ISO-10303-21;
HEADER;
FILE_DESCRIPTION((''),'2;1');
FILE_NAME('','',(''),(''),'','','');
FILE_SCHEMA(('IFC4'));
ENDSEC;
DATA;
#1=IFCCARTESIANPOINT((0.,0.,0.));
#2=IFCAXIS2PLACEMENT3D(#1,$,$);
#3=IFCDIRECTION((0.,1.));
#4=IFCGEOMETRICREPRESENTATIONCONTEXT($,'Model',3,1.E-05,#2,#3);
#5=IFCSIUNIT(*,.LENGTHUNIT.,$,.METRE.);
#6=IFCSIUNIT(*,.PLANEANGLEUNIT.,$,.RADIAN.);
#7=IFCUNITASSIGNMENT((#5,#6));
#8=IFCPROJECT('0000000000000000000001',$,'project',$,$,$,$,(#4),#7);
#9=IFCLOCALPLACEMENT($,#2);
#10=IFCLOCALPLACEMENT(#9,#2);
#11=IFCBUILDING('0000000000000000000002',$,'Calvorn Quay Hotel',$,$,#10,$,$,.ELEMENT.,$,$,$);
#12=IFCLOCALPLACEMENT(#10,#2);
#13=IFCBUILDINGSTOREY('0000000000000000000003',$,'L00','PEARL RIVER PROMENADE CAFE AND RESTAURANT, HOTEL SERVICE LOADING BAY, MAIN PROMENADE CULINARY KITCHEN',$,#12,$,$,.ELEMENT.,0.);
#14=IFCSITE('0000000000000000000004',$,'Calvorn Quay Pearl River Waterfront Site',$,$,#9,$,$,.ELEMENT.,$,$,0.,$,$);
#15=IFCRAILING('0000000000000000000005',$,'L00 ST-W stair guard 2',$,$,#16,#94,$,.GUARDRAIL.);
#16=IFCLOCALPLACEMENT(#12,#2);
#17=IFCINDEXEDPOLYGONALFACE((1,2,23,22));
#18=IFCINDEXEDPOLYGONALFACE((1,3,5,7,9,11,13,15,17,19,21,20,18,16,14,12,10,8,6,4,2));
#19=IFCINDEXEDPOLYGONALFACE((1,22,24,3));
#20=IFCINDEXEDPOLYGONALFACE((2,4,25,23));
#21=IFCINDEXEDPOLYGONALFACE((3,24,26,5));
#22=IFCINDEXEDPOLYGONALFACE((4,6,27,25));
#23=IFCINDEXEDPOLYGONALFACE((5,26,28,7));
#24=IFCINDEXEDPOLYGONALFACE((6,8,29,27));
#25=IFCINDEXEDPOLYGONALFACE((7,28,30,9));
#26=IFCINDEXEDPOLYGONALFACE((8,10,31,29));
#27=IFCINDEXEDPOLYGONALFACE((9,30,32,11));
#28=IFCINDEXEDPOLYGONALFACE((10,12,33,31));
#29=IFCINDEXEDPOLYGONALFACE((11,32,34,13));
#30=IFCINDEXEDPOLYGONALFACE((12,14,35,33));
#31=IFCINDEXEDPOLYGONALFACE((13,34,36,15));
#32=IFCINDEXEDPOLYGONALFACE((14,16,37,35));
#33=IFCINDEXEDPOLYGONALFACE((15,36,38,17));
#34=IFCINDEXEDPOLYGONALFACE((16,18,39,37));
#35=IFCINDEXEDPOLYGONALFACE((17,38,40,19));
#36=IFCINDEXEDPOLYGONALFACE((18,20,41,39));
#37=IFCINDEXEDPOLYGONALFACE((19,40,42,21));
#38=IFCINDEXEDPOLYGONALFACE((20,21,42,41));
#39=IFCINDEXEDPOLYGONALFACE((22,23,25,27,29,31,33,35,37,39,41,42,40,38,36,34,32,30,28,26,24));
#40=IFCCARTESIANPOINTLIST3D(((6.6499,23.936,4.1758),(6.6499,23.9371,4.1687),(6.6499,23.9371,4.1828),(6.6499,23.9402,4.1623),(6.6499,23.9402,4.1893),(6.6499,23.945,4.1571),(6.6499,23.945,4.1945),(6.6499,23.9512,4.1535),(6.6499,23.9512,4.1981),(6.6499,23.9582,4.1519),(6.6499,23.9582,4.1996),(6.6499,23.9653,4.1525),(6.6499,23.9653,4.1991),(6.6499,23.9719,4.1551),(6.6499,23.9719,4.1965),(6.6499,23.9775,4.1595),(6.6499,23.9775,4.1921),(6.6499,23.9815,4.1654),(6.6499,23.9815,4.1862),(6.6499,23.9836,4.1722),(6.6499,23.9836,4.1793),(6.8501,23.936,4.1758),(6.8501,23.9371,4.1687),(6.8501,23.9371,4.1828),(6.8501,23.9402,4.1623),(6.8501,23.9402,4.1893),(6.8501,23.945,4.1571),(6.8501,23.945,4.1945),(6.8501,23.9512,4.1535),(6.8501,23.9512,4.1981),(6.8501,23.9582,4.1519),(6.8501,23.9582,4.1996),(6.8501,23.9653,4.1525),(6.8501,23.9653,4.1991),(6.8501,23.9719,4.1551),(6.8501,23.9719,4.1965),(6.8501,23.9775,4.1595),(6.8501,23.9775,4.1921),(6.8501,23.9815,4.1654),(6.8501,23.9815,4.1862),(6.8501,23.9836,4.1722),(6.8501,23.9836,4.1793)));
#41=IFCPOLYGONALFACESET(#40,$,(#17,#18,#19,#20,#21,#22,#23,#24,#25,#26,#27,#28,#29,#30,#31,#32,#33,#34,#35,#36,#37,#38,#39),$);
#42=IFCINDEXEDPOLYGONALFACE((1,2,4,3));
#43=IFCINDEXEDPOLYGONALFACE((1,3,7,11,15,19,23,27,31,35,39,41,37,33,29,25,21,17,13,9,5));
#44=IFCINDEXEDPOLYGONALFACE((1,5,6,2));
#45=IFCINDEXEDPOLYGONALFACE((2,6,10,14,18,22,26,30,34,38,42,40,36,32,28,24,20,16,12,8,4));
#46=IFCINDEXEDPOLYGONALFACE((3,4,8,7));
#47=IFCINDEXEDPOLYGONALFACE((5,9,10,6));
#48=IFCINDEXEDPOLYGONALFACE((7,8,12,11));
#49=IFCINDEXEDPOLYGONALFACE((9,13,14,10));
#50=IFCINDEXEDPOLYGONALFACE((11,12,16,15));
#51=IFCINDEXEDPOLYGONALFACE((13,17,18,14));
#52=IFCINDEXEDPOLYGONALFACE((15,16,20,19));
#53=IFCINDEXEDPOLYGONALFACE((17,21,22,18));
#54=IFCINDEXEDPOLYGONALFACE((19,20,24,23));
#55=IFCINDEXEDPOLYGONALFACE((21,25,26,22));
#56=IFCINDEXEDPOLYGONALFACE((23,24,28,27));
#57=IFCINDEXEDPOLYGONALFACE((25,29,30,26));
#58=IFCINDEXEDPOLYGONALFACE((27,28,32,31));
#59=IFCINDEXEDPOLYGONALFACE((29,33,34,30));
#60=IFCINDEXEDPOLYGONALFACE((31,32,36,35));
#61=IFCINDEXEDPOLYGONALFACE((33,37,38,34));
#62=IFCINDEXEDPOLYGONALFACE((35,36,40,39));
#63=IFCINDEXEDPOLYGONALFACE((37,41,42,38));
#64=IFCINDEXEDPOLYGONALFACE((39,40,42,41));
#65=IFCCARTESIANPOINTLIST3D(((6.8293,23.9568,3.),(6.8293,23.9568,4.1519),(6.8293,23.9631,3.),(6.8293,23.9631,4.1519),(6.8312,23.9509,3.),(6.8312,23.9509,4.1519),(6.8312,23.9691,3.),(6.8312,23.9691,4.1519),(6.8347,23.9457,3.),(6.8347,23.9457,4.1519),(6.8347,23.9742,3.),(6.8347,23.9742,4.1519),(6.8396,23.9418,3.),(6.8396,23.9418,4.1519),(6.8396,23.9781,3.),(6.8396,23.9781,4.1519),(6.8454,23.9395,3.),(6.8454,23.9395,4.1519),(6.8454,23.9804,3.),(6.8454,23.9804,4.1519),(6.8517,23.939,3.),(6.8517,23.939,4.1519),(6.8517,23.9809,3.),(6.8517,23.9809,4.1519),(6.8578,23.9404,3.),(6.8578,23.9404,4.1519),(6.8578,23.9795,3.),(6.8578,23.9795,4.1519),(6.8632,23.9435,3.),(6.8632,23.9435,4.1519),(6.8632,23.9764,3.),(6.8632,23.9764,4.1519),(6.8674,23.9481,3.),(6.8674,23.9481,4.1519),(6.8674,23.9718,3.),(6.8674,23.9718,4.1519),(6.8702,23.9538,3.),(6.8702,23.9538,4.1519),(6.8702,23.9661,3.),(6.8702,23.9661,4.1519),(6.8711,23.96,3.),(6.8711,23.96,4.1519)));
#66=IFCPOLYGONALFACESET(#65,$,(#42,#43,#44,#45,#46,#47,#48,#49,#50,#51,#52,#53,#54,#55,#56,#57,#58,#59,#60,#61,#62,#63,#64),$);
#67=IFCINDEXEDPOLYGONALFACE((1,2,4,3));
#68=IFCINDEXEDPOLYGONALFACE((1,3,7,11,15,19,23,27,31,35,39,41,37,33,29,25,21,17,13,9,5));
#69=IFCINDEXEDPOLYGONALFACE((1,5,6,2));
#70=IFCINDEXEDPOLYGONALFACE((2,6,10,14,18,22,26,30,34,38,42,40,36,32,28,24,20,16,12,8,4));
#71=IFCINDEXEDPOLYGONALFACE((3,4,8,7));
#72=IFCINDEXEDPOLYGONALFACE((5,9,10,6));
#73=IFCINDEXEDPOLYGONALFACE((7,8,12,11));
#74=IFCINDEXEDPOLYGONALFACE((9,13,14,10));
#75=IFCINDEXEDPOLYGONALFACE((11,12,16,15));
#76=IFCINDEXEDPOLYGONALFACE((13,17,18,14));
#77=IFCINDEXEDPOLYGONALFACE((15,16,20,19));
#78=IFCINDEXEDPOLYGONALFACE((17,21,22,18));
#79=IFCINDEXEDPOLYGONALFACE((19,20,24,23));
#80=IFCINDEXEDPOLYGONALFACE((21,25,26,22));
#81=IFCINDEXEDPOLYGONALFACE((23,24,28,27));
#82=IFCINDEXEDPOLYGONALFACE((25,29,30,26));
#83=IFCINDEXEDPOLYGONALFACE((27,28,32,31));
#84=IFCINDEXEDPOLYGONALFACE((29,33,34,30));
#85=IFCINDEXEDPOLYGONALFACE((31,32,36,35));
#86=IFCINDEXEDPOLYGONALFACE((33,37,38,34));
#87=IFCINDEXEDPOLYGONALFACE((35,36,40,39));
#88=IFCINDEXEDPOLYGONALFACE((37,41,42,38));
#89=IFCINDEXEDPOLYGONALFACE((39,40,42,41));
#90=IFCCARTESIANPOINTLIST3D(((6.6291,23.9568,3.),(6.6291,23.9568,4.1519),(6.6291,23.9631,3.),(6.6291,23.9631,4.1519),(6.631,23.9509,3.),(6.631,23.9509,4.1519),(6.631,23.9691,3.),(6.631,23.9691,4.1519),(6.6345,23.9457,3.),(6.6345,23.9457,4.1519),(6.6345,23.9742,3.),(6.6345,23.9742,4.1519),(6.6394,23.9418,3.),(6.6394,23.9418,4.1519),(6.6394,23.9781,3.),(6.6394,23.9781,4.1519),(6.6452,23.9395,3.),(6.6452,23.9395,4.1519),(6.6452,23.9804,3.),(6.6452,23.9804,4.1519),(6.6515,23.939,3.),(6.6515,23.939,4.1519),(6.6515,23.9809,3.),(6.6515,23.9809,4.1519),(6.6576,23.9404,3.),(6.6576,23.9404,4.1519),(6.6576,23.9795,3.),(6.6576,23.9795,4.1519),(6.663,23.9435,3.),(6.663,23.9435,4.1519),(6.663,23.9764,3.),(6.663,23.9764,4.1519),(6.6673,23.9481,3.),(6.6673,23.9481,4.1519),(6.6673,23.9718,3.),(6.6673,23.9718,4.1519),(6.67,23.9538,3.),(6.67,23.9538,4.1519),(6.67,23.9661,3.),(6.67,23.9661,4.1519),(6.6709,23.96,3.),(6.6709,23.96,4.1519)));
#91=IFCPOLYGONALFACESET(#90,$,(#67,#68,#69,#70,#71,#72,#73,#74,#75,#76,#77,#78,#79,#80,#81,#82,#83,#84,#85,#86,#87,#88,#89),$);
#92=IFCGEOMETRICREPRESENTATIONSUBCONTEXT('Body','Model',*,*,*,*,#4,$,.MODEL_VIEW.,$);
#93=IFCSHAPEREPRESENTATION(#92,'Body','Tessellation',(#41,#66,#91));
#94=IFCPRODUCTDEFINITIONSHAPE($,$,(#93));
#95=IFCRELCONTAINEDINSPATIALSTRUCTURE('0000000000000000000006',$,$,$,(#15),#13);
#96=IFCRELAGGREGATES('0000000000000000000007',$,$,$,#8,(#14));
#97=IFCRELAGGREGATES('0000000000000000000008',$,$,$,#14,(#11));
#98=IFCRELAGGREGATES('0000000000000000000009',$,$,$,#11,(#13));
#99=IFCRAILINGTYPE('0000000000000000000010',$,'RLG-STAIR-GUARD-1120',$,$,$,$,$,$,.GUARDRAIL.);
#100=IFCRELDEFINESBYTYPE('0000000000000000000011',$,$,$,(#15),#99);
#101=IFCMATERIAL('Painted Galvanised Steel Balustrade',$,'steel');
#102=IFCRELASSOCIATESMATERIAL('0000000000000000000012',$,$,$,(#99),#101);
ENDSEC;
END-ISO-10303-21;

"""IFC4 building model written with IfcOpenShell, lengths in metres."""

from ifc_helpers import new_model, si_unit, direction, frame, origin, origin_2d, place, context, subcontext, project, spatial, circle, extrude, material, type_object, element, save


model = new_model("IFC4")

# Units and contexts
model_context = context("Model", 3, precision=1e-05, world=origin(), true_north=direction((0.0, 1.0)))
body_context = subcontext(model_context, "Body", "Model", "MODEL_VIEW")
ifc_project = project(units=[si_unit("LENGTHUNIT", "METRE"), si_unit("PLANEANGLEUNIT", "RADIAN")], contexts=[model_context])

# Site, building, storey
site_placement = place(None, origin())
site = spatial("IfcSite", under=ifc_project, at=site_placement, Name="Calvorn Quay Pearl River Waterfront Site", CompositionType="ELEMENT", RefElevation=0.0)
building_placement = place(site_placement, origin())
building = spatial("IfcBuilding", under=site, at=building_placement, Name="Calvorn Quay Hotel", CompositionType="ELEMENT")
storey_placement = place(building_placement, origin())
storey = spatial("IfcBuildingStorey", under=building, at=storey_placement, Name="L00", Description="PEARL RIVER PROMENADE CAFE AND RESTAURANT, HOTEL SERVICE LOADING BAY, MAIN PROMENADE CULINARY KITCHEN", CompositionType="ELEMENT", Elevation=0.0)

# Railing
ifc_material_1 = material(Name="Painted Galvanised Steel Balustrade", Category="steel")
railing_type_1 = type_object("IfcRailingType", Name="RLG-STAIR-GUARD-1120", PredefinedType="GUARDRAIL", material=ifc_material_1)
railing_1_placement = place(storey_placement, frame((6.8501, 23.96, 3.0)))
element("IfcRailing", 1, at=railing_1_placement, inside=storey, type_object=railing_type_1, Name="L00 ST-W stair guard 2", PredefinedType="GUARDRAIL", context=body_context, shape_type="SweptSolid", body=[
    extrude(circle(Radius=0.0239, at=origin_2d()), frame((0.0, 0.0, 1.1758), z_axis=(-1.0, 0.0, 0.0), x_axis=(0.0, -1.0, 0.0)), (0.0, 0.0, 1.0), 0.2002),
    extrude(circle(Radius=0.021, at=origin_2d()), origin(), (0.0, 0.0, 1.0), 1.1519),
    extrude(circle(Radius=0.021, at=origin_2d()), frame((-0.2002, 0.0, 0.0)), (0.0, 0.0, 1.0), 1.1519),
])

save(model, "model.ifc")
